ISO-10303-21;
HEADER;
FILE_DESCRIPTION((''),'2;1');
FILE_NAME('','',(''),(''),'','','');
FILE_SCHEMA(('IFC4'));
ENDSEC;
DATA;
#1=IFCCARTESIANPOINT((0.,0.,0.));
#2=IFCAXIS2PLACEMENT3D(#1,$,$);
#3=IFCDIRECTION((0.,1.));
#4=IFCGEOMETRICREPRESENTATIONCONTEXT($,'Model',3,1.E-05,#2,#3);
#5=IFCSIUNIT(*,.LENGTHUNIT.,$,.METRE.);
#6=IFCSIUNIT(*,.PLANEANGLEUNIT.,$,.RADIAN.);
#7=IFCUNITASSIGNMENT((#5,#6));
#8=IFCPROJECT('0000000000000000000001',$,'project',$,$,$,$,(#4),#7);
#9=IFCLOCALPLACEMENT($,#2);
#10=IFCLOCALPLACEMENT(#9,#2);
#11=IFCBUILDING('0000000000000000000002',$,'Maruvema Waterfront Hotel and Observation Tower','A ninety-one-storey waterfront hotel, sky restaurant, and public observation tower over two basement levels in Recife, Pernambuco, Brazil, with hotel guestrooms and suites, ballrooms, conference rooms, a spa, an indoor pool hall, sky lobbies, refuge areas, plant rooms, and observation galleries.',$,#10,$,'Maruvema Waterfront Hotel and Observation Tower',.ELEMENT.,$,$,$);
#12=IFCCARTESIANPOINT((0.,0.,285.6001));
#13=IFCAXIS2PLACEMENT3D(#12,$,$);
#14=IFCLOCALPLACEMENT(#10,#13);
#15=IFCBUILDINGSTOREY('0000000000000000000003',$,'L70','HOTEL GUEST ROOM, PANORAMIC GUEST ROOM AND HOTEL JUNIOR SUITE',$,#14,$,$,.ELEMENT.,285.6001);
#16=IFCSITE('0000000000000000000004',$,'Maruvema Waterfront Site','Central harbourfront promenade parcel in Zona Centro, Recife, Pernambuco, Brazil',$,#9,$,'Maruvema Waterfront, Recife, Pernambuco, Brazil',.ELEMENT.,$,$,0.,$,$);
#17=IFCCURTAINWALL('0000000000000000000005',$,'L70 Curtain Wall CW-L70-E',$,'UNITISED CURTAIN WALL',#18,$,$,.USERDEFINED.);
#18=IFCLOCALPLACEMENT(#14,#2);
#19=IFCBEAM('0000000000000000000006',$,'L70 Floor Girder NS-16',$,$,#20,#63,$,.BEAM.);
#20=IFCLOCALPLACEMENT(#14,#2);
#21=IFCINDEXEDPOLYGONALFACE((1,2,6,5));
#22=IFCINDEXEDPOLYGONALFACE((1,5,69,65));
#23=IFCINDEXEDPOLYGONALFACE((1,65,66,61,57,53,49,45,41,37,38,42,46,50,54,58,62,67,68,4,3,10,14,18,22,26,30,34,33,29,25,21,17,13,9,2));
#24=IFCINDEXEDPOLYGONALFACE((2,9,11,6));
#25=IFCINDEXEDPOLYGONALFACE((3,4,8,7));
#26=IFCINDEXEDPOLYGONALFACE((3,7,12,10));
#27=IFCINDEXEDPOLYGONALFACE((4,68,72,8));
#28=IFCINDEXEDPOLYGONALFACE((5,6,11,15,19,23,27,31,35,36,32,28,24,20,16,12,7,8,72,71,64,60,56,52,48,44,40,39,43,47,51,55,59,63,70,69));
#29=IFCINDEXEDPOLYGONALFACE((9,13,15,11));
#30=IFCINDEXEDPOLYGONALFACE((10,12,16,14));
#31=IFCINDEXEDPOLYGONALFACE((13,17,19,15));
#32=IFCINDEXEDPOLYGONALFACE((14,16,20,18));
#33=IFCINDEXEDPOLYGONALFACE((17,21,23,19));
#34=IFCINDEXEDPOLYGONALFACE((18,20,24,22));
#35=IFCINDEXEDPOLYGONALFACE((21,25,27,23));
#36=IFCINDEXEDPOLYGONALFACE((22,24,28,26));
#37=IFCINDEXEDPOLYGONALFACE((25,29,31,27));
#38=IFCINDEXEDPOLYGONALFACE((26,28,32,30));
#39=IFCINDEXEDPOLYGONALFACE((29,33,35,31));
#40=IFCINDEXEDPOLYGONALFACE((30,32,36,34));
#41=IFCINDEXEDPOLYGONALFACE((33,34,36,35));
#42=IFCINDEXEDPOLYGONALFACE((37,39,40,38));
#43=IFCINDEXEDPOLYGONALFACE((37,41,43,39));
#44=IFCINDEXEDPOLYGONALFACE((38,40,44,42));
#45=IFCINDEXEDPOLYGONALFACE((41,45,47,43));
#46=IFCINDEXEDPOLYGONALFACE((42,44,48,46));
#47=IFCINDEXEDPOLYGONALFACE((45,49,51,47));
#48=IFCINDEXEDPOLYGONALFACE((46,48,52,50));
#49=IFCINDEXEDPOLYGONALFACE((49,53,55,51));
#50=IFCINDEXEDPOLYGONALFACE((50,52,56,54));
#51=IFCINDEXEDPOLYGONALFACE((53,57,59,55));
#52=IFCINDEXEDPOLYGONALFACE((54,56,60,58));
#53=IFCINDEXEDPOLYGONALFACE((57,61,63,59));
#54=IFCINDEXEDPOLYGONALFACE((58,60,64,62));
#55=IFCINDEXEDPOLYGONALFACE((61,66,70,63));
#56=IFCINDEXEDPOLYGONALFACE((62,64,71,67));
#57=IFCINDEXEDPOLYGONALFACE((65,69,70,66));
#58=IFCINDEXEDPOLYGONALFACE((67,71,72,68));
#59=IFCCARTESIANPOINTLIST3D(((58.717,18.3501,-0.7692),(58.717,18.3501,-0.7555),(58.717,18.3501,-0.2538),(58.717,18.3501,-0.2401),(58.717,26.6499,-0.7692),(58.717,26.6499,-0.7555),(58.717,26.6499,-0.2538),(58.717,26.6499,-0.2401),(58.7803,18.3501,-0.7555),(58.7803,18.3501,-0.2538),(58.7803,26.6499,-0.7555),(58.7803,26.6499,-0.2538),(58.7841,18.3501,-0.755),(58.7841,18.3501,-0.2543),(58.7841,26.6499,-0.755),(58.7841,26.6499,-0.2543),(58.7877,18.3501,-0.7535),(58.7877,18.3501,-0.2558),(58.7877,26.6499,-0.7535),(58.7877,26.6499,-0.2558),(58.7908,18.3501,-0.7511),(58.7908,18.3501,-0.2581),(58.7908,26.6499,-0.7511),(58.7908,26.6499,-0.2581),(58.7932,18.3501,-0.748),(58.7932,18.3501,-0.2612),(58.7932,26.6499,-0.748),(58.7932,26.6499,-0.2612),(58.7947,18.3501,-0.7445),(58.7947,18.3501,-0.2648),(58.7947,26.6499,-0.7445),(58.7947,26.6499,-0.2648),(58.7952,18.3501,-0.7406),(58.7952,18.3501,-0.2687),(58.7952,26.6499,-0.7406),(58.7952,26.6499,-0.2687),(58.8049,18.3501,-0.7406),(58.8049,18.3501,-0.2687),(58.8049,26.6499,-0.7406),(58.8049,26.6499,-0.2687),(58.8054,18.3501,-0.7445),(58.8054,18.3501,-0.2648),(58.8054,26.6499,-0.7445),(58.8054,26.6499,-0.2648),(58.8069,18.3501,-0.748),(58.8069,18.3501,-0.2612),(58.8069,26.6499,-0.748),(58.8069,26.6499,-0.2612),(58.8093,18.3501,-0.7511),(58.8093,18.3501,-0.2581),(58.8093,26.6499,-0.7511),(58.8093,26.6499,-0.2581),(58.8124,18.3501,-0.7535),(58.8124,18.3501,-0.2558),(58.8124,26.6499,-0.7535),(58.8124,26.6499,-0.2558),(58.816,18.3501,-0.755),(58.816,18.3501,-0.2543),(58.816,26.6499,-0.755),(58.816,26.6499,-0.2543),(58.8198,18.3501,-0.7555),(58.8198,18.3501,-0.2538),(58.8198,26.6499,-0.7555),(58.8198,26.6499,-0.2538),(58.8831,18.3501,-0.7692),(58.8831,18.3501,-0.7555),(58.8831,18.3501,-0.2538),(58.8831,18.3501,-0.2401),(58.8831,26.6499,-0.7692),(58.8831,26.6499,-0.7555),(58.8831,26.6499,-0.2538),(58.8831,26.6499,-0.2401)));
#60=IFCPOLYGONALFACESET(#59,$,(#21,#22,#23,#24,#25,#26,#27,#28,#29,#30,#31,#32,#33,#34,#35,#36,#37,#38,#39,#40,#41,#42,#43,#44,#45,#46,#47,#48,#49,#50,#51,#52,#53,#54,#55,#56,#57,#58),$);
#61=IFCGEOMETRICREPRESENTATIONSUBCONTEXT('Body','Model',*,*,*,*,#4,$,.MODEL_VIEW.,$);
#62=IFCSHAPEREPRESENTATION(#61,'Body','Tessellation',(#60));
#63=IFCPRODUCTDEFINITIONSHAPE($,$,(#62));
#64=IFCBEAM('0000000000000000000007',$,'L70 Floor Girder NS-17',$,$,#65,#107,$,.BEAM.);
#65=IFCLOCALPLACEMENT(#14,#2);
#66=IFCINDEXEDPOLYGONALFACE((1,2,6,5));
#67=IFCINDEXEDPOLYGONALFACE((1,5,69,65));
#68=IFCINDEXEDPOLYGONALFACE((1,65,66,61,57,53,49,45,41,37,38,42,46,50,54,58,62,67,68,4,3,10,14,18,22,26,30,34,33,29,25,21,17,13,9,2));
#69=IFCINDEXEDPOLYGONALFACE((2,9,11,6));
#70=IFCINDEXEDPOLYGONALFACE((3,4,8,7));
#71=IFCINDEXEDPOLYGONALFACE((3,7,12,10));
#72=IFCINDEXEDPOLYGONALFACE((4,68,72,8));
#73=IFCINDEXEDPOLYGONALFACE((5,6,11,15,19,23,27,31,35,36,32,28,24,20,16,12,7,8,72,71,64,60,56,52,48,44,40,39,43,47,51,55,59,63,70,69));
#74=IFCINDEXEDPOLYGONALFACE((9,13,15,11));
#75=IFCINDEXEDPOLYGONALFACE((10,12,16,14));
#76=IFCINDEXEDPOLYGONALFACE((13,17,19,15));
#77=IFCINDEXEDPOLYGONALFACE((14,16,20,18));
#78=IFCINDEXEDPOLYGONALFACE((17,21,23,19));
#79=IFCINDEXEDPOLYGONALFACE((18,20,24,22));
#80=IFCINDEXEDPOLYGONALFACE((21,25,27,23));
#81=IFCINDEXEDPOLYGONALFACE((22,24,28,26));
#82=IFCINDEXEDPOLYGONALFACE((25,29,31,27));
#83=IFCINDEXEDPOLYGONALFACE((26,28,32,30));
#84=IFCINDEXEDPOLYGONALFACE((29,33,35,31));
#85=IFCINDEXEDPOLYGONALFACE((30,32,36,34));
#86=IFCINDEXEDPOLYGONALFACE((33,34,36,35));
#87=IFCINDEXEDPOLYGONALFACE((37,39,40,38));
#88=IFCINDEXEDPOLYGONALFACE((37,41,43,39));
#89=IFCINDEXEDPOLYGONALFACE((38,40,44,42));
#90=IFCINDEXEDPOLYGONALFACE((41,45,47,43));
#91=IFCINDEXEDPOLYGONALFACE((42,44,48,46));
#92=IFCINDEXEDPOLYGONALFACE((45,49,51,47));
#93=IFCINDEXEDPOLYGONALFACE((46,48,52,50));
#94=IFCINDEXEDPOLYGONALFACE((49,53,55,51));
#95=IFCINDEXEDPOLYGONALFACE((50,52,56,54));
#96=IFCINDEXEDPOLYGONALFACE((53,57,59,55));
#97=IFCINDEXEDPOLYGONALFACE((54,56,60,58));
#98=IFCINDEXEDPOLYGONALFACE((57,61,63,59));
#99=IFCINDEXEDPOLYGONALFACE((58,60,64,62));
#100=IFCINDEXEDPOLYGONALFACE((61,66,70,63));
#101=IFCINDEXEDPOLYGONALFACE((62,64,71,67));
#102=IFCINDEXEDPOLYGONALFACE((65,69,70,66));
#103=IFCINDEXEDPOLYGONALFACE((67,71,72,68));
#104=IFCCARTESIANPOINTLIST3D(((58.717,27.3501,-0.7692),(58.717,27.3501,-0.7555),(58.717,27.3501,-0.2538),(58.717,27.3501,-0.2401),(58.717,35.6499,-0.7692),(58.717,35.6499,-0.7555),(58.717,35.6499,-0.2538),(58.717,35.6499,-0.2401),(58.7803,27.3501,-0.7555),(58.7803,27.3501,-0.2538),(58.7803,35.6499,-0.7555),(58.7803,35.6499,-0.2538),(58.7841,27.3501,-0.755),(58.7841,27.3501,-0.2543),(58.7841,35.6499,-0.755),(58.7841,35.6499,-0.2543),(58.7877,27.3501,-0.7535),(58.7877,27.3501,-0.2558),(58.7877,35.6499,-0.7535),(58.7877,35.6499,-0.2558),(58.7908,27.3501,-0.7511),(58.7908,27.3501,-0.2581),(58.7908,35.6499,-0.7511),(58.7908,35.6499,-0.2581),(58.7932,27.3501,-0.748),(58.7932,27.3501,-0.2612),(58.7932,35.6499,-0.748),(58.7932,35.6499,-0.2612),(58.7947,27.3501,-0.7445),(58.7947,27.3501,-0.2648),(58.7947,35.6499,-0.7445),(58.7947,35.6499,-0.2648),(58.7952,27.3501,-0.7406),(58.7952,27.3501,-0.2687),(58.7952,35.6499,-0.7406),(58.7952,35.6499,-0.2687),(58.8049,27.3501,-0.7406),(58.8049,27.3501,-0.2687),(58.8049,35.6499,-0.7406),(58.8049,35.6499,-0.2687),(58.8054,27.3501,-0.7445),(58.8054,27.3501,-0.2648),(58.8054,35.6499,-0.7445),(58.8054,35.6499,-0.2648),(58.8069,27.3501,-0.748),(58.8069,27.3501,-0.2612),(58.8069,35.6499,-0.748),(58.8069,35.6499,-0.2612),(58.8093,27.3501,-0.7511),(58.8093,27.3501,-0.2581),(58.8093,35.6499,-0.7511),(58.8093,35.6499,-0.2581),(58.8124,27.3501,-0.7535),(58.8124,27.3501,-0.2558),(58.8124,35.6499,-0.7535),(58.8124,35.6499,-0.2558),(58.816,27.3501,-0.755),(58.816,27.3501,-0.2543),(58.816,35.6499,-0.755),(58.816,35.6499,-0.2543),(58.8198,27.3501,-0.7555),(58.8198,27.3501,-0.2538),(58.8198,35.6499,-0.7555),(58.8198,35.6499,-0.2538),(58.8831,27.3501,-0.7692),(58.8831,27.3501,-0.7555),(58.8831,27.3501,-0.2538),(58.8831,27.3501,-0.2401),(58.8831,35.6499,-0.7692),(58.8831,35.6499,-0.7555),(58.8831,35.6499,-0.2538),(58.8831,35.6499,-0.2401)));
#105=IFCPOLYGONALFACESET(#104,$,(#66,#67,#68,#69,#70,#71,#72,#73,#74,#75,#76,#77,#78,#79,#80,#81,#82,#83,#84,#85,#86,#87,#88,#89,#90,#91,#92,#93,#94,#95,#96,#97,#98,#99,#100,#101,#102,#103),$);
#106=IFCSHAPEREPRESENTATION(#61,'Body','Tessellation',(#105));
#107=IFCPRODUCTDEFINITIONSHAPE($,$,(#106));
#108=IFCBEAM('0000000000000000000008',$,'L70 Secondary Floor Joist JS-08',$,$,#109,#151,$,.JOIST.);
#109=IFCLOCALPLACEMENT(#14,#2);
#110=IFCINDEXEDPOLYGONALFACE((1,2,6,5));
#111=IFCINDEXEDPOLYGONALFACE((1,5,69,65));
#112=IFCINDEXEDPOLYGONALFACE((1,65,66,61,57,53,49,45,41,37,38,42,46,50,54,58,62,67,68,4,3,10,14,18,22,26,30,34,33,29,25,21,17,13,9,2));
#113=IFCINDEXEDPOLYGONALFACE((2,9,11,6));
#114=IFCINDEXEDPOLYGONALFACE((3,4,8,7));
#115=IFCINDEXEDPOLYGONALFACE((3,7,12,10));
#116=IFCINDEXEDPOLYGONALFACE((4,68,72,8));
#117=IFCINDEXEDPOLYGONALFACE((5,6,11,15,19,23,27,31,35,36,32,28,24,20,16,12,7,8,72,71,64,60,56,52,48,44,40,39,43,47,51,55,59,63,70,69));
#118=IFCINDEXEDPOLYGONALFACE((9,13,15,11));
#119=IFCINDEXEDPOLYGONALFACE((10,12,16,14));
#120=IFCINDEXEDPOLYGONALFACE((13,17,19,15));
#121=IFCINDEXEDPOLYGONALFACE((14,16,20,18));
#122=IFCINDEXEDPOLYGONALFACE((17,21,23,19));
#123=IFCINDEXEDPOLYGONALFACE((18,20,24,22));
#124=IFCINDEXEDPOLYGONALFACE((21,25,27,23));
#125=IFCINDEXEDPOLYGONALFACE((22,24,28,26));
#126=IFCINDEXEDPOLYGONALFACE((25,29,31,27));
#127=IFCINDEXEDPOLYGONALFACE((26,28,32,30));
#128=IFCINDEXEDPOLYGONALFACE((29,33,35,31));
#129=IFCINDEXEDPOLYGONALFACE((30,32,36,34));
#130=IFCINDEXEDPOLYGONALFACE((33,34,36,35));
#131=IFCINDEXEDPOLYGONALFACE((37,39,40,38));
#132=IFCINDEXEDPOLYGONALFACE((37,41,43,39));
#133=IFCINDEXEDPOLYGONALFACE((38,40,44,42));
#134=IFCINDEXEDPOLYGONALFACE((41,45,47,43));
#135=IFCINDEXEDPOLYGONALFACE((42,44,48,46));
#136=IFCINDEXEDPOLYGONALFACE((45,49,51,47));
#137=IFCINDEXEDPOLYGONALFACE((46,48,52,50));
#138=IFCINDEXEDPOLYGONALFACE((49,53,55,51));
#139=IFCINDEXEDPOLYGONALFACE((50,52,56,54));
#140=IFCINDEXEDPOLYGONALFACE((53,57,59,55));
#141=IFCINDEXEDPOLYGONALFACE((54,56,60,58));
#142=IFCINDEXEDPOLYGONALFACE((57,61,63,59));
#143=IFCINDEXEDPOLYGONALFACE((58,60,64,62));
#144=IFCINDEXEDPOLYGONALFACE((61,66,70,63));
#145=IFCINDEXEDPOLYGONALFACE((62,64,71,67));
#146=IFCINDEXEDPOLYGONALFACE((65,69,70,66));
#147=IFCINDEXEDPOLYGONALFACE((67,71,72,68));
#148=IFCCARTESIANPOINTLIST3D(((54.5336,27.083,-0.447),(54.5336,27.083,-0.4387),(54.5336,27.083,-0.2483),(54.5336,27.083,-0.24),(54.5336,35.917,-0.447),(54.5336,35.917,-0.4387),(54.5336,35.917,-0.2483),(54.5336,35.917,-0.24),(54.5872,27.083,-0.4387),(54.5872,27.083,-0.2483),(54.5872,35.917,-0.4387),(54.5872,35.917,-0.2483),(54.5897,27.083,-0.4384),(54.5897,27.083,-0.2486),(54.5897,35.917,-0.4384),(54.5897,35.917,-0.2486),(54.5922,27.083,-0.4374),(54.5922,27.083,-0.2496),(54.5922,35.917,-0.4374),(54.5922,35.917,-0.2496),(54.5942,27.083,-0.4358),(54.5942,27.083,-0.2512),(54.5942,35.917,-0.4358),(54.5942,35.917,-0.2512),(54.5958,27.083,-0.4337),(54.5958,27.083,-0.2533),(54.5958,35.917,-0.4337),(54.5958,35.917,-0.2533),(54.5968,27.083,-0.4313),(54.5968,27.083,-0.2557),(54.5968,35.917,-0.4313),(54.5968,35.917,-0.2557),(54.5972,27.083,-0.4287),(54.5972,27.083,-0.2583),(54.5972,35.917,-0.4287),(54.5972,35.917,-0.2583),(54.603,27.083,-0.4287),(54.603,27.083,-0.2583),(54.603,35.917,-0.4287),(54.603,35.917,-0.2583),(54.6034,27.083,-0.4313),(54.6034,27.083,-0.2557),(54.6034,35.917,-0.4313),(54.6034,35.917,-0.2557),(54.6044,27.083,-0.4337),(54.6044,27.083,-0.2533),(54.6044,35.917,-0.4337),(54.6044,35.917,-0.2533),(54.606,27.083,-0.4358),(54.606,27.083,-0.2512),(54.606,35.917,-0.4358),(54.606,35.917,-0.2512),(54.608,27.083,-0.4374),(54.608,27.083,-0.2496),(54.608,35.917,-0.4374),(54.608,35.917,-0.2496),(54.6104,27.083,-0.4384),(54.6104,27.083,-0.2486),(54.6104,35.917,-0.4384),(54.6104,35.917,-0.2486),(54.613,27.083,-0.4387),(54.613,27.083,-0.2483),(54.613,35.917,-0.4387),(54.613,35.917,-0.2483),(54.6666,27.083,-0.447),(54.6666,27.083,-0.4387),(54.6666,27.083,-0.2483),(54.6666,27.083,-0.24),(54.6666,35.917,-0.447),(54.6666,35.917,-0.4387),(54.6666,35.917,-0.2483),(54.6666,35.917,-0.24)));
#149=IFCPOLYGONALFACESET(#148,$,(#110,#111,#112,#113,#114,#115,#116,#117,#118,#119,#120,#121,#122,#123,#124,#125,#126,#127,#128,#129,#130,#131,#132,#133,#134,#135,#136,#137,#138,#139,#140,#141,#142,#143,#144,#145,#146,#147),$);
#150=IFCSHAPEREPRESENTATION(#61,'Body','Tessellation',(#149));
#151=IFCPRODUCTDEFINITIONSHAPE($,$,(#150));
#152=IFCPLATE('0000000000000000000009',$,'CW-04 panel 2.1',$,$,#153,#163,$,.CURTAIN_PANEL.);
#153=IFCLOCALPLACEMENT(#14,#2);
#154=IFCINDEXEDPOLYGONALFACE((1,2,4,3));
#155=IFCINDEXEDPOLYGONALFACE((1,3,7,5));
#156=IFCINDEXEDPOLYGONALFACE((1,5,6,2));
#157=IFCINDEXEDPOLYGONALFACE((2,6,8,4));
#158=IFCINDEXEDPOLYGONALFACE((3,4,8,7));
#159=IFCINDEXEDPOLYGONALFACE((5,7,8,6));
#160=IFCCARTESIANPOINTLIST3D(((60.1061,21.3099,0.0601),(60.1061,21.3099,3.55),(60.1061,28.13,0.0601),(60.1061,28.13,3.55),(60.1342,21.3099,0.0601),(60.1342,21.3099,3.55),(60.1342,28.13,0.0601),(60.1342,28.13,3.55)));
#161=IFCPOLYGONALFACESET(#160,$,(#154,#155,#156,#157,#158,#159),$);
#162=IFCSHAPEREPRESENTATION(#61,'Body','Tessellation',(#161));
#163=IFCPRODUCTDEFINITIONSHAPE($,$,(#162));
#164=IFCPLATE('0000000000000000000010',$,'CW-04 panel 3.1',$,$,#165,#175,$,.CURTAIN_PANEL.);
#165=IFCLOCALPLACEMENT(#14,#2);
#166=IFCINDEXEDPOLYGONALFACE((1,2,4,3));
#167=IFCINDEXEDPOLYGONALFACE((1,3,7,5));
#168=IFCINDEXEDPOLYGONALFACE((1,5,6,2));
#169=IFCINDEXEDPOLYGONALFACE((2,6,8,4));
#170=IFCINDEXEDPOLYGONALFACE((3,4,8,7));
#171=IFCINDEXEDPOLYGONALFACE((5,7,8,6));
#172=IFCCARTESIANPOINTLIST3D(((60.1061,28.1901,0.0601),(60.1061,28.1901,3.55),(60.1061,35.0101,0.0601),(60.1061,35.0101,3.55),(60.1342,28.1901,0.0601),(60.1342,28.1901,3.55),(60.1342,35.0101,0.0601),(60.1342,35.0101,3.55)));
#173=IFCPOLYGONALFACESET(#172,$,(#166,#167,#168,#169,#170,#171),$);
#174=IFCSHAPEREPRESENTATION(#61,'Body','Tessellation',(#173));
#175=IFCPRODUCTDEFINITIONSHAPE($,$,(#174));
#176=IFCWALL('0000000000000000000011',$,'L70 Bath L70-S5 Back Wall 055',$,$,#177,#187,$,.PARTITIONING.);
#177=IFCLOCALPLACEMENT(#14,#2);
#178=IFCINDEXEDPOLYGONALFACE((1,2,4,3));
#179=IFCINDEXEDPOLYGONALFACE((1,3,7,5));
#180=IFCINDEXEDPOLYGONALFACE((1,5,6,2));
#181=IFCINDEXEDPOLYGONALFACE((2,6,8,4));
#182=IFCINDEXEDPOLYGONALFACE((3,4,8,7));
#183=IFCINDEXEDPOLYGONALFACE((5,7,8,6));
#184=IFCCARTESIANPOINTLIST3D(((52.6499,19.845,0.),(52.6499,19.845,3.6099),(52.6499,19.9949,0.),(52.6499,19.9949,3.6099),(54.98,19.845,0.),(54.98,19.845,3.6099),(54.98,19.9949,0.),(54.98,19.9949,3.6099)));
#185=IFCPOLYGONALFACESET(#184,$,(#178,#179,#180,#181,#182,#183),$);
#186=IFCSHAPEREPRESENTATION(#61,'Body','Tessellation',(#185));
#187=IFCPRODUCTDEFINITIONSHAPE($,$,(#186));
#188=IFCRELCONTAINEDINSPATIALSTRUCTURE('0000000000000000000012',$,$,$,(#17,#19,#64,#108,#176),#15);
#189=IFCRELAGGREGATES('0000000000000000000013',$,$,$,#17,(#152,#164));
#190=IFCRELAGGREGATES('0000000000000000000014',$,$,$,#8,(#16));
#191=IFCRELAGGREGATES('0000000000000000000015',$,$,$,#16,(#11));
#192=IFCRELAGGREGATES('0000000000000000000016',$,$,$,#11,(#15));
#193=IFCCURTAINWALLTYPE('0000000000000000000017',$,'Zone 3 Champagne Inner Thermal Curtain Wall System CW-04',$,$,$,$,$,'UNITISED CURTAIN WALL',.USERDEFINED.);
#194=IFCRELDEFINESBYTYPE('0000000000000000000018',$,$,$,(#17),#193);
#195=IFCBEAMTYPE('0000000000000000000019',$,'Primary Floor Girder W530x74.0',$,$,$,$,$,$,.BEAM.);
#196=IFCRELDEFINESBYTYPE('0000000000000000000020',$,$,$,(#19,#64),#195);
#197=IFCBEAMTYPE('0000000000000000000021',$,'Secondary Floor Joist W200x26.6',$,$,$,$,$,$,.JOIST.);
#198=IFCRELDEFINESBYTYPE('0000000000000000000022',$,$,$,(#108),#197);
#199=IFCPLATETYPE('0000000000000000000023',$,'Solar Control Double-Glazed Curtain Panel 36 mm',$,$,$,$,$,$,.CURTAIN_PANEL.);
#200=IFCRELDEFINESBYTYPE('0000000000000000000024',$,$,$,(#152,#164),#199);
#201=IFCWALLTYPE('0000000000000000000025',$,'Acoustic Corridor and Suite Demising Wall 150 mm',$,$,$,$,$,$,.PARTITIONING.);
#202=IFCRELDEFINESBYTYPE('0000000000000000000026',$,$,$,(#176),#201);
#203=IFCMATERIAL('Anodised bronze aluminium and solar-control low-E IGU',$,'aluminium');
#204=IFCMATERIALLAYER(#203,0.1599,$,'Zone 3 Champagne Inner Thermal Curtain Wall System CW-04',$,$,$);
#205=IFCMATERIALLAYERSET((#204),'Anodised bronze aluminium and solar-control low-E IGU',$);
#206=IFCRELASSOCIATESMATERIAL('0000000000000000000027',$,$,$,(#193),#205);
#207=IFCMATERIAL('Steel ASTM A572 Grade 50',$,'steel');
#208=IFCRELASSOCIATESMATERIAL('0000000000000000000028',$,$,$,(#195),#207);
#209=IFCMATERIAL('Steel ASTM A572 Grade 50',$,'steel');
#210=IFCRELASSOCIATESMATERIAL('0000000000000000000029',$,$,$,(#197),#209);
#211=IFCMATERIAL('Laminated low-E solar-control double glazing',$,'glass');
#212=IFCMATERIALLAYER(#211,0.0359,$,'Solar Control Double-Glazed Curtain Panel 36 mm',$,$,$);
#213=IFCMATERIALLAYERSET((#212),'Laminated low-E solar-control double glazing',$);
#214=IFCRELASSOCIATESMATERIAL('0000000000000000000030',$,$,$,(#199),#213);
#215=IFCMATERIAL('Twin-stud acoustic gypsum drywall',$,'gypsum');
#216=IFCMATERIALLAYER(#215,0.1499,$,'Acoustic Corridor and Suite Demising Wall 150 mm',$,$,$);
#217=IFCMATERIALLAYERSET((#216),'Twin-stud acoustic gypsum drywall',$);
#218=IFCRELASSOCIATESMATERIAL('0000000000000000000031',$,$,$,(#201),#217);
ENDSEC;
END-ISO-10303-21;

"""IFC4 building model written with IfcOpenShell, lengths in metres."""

from ifc_helpers import new_model, si_unit, direction, frame, frame_2d, origin, origin_2d, place, context, subcontext, project, spatial, rectangle, i_section, extrude, material, layer, layer_set, material_profile, profile_set, type_object, element, aggregate, save


model = new_model("IFC4")

# Units and contexts
model_context = context("Model", 3, precision=1e-05, world=origin(), true_north=direction((0.0, 1.0)))
body_context = subcontext(model_context, "Body", "Model", "MODEL_VIEW")
ifc_project = project(units=[si_unit("LENGTHUNIT", "METRE"), si_unit("PLANEANGLEUNIT", "RADIAN")], contexts=[model_context])

# Site, building, storey
site_placement = place(None, origin())
site = spatial("IfcSite", under=ifc_project, at=site_placement, Name="Maruvema Waterfront Site", Description="Central harbourfront promenade parcel in Zona Centro, Recife, Pernambuco, Brazil", LongName="Maruvema Waterfront, Recife, Pernambuco, Brazil", CompositionType="ELEMENT", RefElevation=0.0)
building_placement = place(site_placement, origin())
building = spatial("IfcBuilding", under=site, at=building_placement, Name="Maruvema Waterfront Hotel and Observation Tower", Description="A ninety-one-storey waterfront hotel, sky restaurant, and public observation tower over two basement levels in Recife, Pernambuco, Brazil, with hotel guestrooms and suites, ballrooms, conference rooms, a spa, an indoor pool hall, sky lobbies, refuge areas, plant rooms, and observation galleries.", LongName="Maruvema Waterfront Hotel and Observation Tower", CompositionType="ELEMENT")
storey_placement = place(building_placement, frame((0.0, 0.0, 285.6001)))
storey = spatial("IfcBuildingStorey", under=building, at=storey_placement, Name="L70", Description="HOTEL GUEST ROOM, PANORAMIC GUEST ROOM AND HOTEL JUNIOR SUITE", CompositionType="ELEMENT", Elevation=285.6001)

# Curtain wall
ifc_material_1 = material(Name="Anodised bronze aluminium and solar-control low-E IGU", Category="aluminium")
ifc_layer_1 = layer(ifc_material_1, 0.1599, Name="Zone 3 Champagne Inner Thermal Curtain Wall System CW-04")
ifc_layer_set_1 = layer_set([ifc_layer_1], Name="Anodised bronze aluminium and solar-control low-E IGU")
curtain_wall_type = type_object("IfcCurtainWallType", Name="Zone 3 Champagne Inner Thermal Curtain Wall System CW-04", ElementType="UNITISED CURTAIN WALL", PredefinedType="USERDEFINED", material=ifc_layer_set_1)
curtain_wall_placement = place(storey_placement, origin())
curtain_wall = element("IfcCurtainWall", 1, at=curtain_wall_placement, inside=storey, type_object=curtain_wall_type, Name="L70 Curtain Wall CW-L70-E", ObjectType="UNITISED CURTAIN WALL", PredefinedType="USERDEFINED")

# Beams
ifc_material_2 = material(Name="Steel ASTM A572 Grade 50", Category="steel")
ifc_material_profile_1 = material_profile(ifc_material_2, i_section(OverallWidth=0.166, OverallDepth=0.5291, WebThickness=0.0098, FlangeThickness=0.0137, FilletRadius=0.0149, at=origin_2d()), Name="W530x74.0")
ifc_profile_set_1 = profile_set([ifc_material_profile_1], Name="Steel ASTM A572 Grade 50")
beam_type_1 = type_object("IfcBeamType", Name="Primary Floor Girder W530x74.0", PredefinedType="BEAM", material=ifc_profile_set_1)
for number, where, z_axis, x_axis, name in (
    (2, (58.8, 18.3501, -0.5046), (0.0, 1.0, 0.0), (-1.0, 0.0, 0.0), "L70 Floor Girder NS-16"),
    (3, (58.8, 27.3501, -0.5046), (0.0, 1.0, 0.0), (-1.0, 0.0, 0.0), "L70 Floor Girder NS-17"),
):
    element("IfcBeam", number, at=place(storey_placement, frame(where, z_axis=z_axis, x_axis=x_axis)), inside=storey, type_object=beam_type_1, Name=name, PredefinedType="BEAM", context=body_context, shape_type="SweptSolid", body=[
        extrude(i_section(OverallWidth=0.166, OverallDepth=0.5291, WebThickness=0.0098, FlangeThickness=0.0137, FilletRadius=0.0149, at=origin_2d()), origin(), (0.0, 0.0, 1.0), 8.2998),
    ])
ifc_material_3 = material(Name="Steel ASTM A572 Grade 50", Category="steel")
ifc_material_profile_2 = material_profile(ifc_material_3, i_section(OverallWidth=0.1331, OverallDepth=0.207, WebThickness=0.0059, FlangeThickness=0.0083, FilletRadius=0.01, at=origin_2d()), Name="W200x26.6")
ifc_profile_set_2 = profile_set([ifc_material_profile_2], Name="Steel ASTM A572 Grade 50")
beam_type_2 = type_object("IfcBeamType", Name="Secondary Floor Joist W200x26.6", PredefinedType="JOIST", material=ifc_profile_set_2)
beam_1_placement = place(storey_placement, frame((54.6001, 27.083, -0.3435), z_axis=(0.0, 1.0, 0.0), x_axis=(-1.0, 0.0, 0.0)))
element("IfcBeam", 4, at=beam_1_placement, inside=storey, type_object=beam_type_2, Name="L70 Secondary Floor Joist JS-08", PredefinedType="JOIST", context=body_context, shape_type="SweptSolid", body=[
    extrude(i_section(OverallWidth=0.1331, OverallDepth=0.207, WebThickness=0.0059, FlangeThickness=0.0083, FilletRadius=0.01, at=origin_2d()), origin(), (0.0, 0.0, 1.0), 8.834),
])

# Plates
ifc_material_4 = material(Name="Laminated low-E solar-control double glazing", Category="glass")
ifc_layer_2 = layer(ifc_material_4, 0.0359, Name="Solar Control Double-Glazed Curtain Panel 36 mm")
ifc_layer_set_2 = layer_set([ifc_layer_2], Name="Laminated low-E solar-control double glazing")
plate_type = type_object("IfcPlateType", Name="Solar Control Double-Glazed Curtain Panel 36 mm", PredefinedType="CURTAIN_PANEL", material=ifc_layer_set_2)
plate_1_placement = place(storey_placement, frame((60.1201, 24.72, 0.0601), z_axis=(0.0, 0.0, 1.0), x_axis=(0.0, 1.0, 0.0)))
plate_1 = element("IfcPlate", 5, at=plate_1_placement, type_object=plate_type, Name="CW-04 panel 2.1", PredefinedType="CURTAIN_PANEL", context=body_context, shape_type="SweptSolid", body=[
    extrude(rectangle(XDim=6.8201, YDim=0.0281, at=origin_2d()), origin(), (0.0, 0.0, 1.0), 3.49),
])
plate_2_placement = place(storey_placement, frame((60.1201, 31.6001, 0.0601), z_axis=(0.0, 0.0, 1.0), x_axis=(0.0, 1.0, 0.0)))
plate_2 = element("IfcPlate", 6, at=plate_2_placement, type_object=plate_type, Name="CW-04 panel 3.1", PredefinedType="CURTAIN_PANEL", context=body_context, shape_type="SweptSolid", body=[
    extrude(rectangle(XDim=6.8201, YDim=0.0281, at=origin_2d()), origin(), (0.0, 0.0, 1.0), 3.49),
])
aggregate(curtain_wall, [plate_1, plate_2])

# Wall
ifc_material_5 = material(Name="Twin-stud acoustic gypsum drywall", Category="gypsum")
ifc_layer_3 = layer(ifc_material_5, 0.1499, Name="Acoustic Corridor and Suite Demising Wall 150 mm")
ifc_layer_set_3 = layer_set([ifc_layer_3], Name="Twin-stud acoustic gypsum drywall")
wall_type_1 = type_object("IfcWallType", Name="Acoustic Corridor and Suite Demising Wall 150 mm", PredefinedType="PARTITIONING", material=ifc_layer_set_3)
wall_1_placement = place(storey_placement, frame((52.6499, 19.9199, 0.0), z_axis=(0.0, 0.0, 1.0), x_axis=(1.0, 0.0, 0.0)))
element("IfcWall", 7, at=wall_1_placement, inside=storey, type_object=wall_type_1, Name="L70 Bath L70-S5 Back Wall 055", PredefinedType="PARTITIONING", context=body_context, shape_type="SweptSolid", body=[
    extrude(rectangle(XDim=2.3301, YDim=0.1499, at=frame_2d((1.165, 0.0))), origin(), (0.0, 0.0, 1.0), 3.6099),
])

save(model, "model.ifc")
